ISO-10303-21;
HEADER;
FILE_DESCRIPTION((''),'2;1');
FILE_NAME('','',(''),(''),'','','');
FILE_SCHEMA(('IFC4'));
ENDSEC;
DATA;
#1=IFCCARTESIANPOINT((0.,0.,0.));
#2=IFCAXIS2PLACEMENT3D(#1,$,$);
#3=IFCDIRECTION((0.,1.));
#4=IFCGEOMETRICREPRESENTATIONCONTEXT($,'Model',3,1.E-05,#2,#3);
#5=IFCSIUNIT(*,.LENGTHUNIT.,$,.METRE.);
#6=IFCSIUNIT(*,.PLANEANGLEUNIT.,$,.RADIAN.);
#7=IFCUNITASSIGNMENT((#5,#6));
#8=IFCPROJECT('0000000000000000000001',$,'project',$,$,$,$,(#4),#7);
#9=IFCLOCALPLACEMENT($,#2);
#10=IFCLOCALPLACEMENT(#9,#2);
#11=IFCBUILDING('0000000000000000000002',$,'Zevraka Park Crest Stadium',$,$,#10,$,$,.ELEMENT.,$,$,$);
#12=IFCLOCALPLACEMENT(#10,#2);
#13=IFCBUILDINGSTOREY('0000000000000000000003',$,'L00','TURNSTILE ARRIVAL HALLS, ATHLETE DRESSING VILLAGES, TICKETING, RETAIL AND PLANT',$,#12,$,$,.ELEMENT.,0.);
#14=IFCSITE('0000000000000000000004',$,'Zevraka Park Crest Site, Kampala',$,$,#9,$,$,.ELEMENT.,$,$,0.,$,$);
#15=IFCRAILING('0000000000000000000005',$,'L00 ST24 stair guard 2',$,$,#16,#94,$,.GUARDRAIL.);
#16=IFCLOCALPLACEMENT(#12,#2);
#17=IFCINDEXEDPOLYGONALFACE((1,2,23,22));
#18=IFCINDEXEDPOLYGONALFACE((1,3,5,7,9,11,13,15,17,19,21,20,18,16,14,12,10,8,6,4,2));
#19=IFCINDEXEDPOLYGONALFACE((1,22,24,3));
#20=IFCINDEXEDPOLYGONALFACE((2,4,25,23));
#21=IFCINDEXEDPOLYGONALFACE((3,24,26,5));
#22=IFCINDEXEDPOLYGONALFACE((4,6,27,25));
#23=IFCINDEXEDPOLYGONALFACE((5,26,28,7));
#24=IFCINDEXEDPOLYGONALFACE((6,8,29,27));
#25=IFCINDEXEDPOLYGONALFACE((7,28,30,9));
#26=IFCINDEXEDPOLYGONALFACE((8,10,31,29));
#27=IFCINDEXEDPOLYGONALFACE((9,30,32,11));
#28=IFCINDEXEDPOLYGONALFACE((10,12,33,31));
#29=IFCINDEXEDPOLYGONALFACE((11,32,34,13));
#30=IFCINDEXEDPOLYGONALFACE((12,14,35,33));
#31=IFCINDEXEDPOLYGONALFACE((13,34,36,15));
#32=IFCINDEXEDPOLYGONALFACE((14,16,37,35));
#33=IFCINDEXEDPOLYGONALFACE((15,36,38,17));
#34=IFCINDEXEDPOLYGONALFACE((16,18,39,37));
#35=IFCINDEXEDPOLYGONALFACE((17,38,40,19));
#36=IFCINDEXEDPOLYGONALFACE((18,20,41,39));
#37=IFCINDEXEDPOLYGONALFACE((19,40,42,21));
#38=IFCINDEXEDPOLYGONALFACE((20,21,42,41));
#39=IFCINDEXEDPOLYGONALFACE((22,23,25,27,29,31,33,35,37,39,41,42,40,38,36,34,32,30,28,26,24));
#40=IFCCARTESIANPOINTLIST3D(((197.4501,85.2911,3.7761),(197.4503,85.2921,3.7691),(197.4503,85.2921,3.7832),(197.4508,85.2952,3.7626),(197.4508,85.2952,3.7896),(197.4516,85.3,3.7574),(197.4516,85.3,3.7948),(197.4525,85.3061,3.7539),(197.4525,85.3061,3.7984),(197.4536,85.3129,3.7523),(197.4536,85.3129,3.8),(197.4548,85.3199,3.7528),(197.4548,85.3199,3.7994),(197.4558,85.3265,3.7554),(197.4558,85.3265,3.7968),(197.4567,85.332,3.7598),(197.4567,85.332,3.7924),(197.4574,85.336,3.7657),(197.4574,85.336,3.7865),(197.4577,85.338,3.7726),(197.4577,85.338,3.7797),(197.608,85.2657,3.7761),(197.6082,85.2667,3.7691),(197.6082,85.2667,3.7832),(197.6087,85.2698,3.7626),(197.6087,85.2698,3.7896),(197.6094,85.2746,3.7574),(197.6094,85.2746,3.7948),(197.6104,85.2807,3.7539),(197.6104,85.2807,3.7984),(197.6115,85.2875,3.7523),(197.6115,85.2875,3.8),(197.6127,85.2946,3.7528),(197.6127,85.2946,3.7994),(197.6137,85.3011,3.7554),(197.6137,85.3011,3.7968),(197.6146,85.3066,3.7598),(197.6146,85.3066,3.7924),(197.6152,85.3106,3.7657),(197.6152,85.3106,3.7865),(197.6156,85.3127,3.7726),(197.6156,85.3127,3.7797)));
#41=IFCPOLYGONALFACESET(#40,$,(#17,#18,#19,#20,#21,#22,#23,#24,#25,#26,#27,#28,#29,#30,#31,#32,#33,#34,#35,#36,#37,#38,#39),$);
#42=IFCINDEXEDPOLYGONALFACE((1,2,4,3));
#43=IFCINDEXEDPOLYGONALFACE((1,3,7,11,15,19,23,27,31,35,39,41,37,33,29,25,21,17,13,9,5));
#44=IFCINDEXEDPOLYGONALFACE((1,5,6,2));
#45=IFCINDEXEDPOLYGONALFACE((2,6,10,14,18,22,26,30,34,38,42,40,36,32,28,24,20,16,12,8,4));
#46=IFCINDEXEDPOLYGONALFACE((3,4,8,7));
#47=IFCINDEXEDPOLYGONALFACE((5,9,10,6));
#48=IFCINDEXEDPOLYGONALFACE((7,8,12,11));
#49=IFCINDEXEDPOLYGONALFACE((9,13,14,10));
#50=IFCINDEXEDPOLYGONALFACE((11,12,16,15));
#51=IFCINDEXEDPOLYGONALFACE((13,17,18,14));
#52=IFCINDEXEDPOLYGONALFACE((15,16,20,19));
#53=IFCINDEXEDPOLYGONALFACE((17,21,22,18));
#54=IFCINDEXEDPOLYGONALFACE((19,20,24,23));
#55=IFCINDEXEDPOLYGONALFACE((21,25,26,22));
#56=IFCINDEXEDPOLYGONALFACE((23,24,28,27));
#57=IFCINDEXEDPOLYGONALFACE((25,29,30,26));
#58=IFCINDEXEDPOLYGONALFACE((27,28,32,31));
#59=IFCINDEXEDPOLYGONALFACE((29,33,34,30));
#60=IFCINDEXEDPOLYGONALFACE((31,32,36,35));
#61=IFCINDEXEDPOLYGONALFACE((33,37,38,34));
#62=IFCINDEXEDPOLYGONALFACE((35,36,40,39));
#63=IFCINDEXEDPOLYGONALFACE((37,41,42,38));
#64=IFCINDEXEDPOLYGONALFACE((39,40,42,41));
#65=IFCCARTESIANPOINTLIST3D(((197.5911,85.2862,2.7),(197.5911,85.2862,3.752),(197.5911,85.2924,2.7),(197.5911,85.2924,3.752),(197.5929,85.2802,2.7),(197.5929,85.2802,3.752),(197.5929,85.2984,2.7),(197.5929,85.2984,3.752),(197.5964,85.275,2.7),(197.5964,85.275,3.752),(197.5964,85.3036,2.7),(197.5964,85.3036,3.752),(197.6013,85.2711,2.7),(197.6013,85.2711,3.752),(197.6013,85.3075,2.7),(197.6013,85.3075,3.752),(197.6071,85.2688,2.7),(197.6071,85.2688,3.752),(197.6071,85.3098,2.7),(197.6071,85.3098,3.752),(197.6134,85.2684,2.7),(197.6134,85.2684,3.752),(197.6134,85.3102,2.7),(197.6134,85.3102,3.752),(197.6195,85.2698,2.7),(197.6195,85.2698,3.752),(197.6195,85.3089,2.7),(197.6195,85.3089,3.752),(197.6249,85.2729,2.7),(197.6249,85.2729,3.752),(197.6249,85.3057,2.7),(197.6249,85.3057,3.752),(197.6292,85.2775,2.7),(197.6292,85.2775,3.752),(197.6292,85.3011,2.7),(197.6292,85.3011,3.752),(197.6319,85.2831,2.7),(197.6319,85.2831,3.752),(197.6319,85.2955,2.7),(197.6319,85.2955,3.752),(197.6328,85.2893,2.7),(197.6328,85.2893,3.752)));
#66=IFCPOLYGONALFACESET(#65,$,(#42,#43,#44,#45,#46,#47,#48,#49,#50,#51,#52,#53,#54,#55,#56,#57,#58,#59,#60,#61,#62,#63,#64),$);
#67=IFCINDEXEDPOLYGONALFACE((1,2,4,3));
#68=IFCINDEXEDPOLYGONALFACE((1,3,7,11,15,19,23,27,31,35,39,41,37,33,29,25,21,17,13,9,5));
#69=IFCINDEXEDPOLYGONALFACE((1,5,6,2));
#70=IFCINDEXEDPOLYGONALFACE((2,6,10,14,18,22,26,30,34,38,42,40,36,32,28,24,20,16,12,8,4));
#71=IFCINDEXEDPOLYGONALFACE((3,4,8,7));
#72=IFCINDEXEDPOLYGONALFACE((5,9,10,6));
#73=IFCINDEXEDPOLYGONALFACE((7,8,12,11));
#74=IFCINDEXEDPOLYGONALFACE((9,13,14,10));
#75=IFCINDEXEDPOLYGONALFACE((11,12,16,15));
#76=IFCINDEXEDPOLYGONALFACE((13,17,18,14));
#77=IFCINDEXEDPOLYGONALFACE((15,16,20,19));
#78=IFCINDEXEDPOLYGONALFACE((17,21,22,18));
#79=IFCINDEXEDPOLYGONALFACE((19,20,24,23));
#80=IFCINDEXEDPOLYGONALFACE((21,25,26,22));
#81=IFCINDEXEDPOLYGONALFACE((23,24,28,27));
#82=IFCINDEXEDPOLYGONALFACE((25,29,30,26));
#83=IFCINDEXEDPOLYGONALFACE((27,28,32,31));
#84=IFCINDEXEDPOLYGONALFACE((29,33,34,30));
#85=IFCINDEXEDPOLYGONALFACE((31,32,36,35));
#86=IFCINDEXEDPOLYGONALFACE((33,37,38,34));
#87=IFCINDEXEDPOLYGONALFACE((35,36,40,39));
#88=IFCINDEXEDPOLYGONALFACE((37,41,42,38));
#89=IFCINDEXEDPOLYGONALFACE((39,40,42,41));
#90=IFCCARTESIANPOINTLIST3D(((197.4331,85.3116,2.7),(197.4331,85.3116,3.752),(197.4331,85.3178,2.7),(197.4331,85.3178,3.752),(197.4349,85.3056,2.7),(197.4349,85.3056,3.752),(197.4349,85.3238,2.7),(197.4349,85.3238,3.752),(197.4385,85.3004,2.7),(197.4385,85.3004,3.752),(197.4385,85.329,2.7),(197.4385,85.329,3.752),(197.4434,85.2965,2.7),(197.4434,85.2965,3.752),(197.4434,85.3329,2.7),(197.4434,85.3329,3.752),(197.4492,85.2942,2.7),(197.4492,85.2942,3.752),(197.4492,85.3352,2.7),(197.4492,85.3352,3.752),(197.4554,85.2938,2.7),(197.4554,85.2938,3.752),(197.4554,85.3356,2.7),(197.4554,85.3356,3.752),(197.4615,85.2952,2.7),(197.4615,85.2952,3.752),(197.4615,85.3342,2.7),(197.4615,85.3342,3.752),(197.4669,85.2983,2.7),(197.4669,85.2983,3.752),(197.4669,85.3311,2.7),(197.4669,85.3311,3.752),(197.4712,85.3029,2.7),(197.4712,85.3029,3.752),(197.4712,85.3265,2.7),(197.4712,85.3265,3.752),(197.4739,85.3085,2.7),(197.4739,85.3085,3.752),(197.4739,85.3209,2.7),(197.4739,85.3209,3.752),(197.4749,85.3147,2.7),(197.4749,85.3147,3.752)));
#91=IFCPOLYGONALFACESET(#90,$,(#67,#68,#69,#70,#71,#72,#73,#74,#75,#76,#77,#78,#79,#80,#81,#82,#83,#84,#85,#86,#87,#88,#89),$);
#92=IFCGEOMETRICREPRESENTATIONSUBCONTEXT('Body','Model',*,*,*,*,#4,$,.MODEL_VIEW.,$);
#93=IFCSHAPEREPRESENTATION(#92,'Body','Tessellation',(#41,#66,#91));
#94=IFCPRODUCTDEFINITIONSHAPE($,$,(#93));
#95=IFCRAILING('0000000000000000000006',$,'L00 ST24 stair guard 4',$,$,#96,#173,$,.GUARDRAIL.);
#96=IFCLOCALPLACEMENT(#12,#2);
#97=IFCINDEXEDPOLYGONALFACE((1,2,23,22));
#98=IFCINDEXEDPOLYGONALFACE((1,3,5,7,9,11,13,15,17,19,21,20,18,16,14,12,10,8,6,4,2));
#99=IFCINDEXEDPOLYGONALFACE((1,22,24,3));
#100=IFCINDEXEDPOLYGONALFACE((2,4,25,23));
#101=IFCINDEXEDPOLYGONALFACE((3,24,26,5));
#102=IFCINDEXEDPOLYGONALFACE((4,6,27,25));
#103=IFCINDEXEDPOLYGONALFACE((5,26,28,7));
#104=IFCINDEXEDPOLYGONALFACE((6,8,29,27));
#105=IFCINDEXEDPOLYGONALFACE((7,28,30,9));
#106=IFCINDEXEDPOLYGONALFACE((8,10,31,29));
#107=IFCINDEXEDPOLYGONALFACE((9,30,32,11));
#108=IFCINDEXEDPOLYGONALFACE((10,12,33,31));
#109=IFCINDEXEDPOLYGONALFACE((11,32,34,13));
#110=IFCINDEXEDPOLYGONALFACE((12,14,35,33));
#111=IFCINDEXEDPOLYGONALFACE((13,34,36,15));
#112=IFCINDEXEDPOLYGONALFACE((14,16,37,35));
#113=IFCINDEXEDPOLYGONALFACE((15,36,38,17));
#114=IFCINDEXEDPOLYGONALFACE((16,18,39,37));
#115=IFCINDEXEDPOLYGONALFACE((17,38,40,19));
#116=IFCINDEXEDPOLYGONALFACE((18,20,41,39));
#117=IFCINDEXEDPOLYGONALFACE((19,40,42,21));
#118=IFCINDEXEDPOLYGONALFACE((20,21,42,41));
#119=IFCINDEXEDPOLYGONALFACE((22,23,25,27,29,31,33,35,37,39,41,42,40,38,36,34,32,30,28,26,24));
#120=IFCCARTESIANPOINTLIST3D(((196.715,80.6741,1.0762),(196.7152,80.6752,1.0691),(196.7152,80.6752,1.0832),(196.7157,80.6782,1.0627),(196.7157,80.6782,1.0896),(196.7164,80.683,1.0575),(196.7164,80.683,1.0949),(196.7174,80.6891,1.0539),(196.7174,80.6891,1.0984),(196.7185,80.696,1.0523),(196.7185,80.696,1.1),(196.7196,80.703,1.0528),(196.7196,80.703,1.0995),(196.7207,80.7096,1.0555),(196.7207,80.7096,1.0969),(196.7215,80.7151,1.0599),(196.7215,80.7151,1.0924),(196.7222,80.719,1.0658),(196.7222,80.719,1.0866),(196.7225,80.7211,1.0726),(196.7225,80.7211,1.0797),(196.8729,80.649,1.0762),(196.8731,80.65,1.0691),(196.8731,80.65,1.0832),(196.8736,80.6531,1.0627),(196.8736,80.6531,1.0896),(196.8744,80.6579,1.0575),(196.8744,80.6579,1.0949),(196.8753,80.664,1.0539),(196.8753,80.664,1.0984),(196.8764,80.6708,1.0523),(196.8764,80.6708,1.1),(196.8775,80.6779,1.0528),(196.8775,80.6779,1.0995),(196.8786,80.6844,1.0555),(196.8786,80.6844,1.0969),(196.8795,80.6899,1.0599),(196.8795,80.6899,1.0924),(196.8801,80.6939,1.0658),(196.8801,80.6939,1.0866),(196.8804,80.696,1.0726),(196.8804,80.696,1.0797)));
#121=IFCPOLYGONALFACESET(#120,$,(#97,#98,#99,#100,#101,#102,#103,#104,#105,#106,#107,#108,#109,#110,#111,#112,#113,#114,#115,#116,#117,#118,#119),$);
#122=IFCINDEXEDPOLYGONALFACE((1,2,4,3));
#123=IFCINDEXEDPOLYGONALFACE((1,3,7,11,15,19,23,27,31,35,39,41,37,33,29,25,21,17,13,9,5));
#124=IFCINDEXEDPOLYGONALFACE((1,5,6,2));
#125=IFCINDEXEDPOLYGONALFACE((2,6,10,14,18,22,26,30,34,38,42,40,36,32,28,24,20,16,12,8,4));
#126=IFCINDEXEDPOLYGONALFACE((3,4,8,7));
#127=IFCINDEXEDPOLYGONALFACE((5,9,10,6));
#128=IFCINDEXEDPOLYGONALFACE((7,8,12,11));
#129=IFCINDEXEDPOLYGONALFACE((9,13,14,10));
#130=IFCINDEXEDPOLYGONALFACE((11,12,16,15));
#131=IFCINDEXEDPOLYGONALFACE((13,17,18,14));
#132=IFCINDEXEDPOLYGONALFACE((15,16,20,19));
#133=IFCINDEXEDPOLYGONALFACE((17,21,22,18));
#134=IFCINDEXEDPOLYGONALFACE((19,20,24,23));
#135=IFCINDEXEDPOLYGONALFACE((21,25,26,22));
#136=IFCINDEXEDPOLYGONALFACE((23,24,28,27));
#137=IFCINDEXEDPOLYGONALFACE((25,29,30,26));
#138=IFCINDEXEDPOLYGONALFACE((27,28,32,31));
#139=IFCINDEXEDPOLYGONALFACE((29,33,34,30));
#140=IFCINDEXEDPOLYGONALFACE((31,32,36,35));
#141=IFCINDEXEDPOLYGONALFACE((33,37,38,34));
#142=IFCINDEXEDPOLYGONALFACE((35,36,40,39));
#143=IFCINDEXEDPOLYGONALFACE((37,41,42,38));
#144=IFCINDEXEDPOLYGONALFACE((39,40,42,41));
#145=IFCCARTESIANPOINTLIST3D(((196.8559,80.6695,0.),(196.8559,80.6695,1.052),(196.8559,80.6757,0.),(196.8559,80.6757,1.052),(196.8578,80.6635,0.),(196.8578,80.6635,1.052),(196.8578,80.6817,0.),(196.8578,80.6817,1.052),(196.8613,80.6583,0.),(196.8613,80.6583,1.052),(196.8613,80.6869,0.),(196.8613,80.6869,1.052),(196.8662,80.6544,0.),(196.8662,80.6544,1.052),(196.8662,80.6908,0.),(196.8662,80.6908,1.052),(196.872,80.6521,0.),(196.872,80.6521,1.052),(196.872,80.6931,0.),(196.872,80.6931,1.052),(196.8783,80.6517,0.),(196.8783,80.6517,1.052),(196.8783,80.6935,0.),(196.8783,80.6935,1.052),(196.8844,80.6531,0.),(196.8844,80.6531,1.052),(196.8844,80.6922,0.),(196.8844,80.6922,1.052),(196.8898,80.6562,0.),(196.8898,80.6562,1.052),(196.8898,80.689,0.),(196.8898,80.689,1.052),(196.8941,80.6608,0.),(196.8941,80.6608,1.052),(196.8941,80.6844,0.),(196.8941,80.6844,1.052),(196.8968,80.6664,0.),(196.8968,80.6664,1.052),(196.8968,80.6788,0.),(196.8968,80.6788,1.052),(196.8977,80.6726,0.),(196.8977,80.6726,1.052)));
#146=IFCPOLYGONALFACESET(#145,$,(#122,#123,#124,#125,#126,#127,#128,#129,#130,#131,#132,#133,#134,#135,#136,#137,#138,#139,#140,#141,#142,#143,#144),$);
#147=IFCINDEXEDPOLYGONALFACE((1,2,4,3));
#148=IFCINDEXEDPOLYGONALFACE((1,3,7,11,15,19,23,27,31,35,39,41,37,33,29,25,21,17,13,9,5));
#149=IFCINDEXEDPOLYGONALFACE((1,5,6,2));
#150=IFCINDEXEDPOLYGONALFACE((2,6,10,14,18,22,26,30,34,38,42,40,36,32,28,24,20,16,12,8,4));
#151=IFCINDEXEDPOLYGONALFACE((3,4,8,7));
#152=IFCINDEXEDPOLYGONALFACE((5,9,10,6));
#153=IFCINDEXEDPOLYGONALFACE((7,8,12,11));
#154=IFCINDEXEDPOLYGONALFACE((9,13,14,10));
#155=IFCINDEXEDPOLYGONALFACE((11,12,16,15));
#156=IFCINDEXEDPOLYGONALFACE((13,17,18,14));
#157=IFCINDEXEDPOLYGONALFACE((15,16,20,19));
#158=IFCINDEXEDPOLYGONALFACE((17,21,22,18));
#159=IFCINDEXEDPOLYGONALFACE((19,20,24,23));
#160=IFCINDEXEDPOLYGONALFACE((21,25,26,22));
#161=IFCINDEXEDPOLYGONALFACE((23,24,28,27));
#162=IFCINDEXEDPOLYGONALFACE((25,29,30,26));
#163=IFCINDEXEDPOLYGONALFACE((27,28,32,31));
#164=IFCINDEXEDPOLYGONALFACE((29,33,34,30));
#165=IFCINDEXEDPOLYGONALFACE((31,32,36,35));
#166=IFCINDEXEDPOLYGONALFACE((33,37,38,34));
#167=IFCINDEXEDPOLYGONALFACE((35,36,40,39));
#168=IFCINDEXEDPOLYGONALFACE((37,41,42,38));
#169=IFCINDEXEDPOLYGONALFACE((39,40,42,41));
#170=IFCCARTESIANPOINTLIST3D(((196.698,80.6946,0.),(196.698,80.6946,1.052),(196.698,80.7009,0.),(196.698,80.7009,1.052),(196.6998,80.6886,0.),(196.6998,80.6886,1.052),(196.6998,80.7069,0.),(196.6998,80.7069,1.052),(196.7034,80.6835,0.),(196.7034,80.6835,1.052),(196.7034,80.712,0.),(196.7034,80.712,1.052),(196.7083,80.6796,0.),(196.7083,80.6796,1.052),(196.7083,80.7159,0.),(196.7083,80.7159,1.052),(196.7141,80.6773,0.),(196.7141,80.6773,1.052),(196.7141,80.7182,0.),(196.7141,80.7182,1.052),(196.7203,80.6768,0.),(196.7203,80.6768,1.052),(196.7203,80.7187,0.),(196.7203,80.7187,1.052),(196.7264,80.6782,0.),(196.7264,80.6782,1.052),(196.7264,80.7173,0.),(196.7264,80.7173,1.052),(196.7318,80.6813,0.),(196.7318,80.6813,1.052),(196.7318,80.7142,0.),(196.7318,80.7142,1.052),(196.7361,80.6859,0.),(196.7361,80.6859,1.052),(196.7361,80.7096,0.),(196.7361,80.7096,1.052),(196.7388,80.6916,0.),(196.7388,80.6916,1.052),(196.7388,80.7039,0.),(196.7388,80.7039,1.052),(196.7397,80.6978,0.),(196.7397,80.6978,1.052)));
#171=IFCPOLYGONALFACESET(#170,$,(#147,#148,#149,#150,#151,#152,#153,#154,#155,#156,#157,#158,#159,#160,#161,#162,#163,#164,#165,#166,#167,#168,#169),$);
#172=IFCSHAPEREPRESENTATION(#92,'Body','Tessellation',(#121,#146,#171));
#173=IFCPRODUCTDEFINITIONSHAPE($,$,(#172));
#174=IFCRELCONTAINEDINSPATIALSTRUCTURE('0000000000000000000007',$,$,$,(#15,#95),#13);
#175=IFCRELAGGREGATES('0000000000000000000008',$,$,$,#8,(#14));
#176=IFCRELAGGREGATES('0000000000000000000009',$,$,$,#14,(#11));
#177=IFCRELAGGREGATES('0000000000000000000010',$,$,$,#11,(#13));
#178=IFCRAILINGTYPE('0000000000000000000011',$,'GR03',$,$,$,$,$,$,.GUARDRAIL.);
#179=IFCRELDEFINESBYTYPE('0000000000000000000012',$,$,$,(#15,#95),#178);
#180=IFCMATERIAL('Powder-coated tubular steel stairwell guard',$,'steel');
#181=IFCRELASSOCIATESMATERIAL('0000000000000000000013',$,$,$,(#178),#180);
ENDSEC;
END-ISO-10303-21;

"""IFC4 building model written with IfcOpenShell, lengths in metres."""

from ifc_helpers import new_model, si_unit, direction, frame, origin, origin_2d, place, context, subcontext, project, spatial, circle, extrude, material, type_object, element, save


model = new_model("IFC4")

# Units and contexts
model_context = context("Model", 3, precision=1e-05, world=origin(), true_north=direction((0.0, 1.0)))
body_context = subcontext(model_context, "Body", "Model", "MODEL_VIEW")
ifc_project = project(units=[si_unit("LENGTHUNIT", "METRE"), si_unit("PLANEANGLEUNIT", "RADIAN")], contexts=[model_context])

# Site, building, storey
site_placement = place(None, origin())
site = spatial("IfcSite", under=ifc_project, at=site_placement, Name="Zevraka Park Crest Site, Kampala", CompositionType="ELEMENT", RefElevation=0.0)
building_placement = place(site_placement, origin())
building = spatial("IfcBuilding", under=site, at=building_placement, Name="Zevraka Park Crest Stadium", CompositionType="ELEMENT")
storey_placement = place(building_placement, origin())
storey = spatial("IfcBuildingStorey", under=building, at=storey_placement, Name="L00", Description="TURNSTILE ARRIVAL HALLS, ATHLETE DRESSING VILLAGES, TICKETING, RETAIL AND PLANT", CompositionType="ELEMENT", Elevation=0.0)

# Railings
ifc_material_1 = material(Name="Powder-coated tubular steel stairwell guard", Category="steel")
railing_type_1 = type_object("IfcRailingType", Name="GR03", PredefinedType="GUARDRAIL", material=ifc_material_1)
railing_1_placement = place(storey_placement, frame((197.6118, 85.2893, 2.7)))
element("IfcRailing", 1, at=railing_1_placement, inside=storey, type_object=railing_type_1, Name="L00 ST24 stair guard 2", PredefinedType="GUARDRAIL", context=body_context, shape_type="SweptSolid", body=[
    extrude(circle(Radius=0.0239, at=origin_2d()), frame((0.0, 0.0, 1.0762), z_axis=(-0.987326, 0.158705, 0.0), x_axis=(-0.158705, -0.987326, 0.0)), (0.0, 0.0, 1.0), 0.1599),
    extrude(circle(Radius=0.021, at=origin_2d()), origin(), (0.0, 0.0, 1.0), 1.052),
    extrude(circle(Radius=0.021, at=origin_2d()), frame((-0.158, 0.0254, 0.0)), (0.0, 0.0, 1.0), 1.052),
])
railing_2_placement = place(storey_placement, frame((196.8767, 80.6726, 0.0)))
element("IfcRailing", 2, at=railing_2_placement, inside=storey, type_object=railing_type_1, Name="L00 ST24 stair guard 4", PredefinedType="GUARDRAIL", context=body_context, shape_type="SweptSolid", body=[
    extrude(circle(Radius=0.0239, at=origin_2d()), frame((0.0, 0.0, 1.0762), z_axis=(-0.987564, 0.157217, 0.0), x_axis=(-0.157217, -0.987564, 0.0)), (0.0, 0.0, 1.0), 0.1599),
    extrude(circle(Radius=0.021, at=origin_2d()), origin(), (0.0, 0.0, 1.0), 1.052),
    extrude(circle(Radius=0.021, at=origin_2d()), frame((-0.158, 0.0251, 0.0)), (0.0, 0.0, 1.0), 1.052),
])

save(model, "model.ifc")
